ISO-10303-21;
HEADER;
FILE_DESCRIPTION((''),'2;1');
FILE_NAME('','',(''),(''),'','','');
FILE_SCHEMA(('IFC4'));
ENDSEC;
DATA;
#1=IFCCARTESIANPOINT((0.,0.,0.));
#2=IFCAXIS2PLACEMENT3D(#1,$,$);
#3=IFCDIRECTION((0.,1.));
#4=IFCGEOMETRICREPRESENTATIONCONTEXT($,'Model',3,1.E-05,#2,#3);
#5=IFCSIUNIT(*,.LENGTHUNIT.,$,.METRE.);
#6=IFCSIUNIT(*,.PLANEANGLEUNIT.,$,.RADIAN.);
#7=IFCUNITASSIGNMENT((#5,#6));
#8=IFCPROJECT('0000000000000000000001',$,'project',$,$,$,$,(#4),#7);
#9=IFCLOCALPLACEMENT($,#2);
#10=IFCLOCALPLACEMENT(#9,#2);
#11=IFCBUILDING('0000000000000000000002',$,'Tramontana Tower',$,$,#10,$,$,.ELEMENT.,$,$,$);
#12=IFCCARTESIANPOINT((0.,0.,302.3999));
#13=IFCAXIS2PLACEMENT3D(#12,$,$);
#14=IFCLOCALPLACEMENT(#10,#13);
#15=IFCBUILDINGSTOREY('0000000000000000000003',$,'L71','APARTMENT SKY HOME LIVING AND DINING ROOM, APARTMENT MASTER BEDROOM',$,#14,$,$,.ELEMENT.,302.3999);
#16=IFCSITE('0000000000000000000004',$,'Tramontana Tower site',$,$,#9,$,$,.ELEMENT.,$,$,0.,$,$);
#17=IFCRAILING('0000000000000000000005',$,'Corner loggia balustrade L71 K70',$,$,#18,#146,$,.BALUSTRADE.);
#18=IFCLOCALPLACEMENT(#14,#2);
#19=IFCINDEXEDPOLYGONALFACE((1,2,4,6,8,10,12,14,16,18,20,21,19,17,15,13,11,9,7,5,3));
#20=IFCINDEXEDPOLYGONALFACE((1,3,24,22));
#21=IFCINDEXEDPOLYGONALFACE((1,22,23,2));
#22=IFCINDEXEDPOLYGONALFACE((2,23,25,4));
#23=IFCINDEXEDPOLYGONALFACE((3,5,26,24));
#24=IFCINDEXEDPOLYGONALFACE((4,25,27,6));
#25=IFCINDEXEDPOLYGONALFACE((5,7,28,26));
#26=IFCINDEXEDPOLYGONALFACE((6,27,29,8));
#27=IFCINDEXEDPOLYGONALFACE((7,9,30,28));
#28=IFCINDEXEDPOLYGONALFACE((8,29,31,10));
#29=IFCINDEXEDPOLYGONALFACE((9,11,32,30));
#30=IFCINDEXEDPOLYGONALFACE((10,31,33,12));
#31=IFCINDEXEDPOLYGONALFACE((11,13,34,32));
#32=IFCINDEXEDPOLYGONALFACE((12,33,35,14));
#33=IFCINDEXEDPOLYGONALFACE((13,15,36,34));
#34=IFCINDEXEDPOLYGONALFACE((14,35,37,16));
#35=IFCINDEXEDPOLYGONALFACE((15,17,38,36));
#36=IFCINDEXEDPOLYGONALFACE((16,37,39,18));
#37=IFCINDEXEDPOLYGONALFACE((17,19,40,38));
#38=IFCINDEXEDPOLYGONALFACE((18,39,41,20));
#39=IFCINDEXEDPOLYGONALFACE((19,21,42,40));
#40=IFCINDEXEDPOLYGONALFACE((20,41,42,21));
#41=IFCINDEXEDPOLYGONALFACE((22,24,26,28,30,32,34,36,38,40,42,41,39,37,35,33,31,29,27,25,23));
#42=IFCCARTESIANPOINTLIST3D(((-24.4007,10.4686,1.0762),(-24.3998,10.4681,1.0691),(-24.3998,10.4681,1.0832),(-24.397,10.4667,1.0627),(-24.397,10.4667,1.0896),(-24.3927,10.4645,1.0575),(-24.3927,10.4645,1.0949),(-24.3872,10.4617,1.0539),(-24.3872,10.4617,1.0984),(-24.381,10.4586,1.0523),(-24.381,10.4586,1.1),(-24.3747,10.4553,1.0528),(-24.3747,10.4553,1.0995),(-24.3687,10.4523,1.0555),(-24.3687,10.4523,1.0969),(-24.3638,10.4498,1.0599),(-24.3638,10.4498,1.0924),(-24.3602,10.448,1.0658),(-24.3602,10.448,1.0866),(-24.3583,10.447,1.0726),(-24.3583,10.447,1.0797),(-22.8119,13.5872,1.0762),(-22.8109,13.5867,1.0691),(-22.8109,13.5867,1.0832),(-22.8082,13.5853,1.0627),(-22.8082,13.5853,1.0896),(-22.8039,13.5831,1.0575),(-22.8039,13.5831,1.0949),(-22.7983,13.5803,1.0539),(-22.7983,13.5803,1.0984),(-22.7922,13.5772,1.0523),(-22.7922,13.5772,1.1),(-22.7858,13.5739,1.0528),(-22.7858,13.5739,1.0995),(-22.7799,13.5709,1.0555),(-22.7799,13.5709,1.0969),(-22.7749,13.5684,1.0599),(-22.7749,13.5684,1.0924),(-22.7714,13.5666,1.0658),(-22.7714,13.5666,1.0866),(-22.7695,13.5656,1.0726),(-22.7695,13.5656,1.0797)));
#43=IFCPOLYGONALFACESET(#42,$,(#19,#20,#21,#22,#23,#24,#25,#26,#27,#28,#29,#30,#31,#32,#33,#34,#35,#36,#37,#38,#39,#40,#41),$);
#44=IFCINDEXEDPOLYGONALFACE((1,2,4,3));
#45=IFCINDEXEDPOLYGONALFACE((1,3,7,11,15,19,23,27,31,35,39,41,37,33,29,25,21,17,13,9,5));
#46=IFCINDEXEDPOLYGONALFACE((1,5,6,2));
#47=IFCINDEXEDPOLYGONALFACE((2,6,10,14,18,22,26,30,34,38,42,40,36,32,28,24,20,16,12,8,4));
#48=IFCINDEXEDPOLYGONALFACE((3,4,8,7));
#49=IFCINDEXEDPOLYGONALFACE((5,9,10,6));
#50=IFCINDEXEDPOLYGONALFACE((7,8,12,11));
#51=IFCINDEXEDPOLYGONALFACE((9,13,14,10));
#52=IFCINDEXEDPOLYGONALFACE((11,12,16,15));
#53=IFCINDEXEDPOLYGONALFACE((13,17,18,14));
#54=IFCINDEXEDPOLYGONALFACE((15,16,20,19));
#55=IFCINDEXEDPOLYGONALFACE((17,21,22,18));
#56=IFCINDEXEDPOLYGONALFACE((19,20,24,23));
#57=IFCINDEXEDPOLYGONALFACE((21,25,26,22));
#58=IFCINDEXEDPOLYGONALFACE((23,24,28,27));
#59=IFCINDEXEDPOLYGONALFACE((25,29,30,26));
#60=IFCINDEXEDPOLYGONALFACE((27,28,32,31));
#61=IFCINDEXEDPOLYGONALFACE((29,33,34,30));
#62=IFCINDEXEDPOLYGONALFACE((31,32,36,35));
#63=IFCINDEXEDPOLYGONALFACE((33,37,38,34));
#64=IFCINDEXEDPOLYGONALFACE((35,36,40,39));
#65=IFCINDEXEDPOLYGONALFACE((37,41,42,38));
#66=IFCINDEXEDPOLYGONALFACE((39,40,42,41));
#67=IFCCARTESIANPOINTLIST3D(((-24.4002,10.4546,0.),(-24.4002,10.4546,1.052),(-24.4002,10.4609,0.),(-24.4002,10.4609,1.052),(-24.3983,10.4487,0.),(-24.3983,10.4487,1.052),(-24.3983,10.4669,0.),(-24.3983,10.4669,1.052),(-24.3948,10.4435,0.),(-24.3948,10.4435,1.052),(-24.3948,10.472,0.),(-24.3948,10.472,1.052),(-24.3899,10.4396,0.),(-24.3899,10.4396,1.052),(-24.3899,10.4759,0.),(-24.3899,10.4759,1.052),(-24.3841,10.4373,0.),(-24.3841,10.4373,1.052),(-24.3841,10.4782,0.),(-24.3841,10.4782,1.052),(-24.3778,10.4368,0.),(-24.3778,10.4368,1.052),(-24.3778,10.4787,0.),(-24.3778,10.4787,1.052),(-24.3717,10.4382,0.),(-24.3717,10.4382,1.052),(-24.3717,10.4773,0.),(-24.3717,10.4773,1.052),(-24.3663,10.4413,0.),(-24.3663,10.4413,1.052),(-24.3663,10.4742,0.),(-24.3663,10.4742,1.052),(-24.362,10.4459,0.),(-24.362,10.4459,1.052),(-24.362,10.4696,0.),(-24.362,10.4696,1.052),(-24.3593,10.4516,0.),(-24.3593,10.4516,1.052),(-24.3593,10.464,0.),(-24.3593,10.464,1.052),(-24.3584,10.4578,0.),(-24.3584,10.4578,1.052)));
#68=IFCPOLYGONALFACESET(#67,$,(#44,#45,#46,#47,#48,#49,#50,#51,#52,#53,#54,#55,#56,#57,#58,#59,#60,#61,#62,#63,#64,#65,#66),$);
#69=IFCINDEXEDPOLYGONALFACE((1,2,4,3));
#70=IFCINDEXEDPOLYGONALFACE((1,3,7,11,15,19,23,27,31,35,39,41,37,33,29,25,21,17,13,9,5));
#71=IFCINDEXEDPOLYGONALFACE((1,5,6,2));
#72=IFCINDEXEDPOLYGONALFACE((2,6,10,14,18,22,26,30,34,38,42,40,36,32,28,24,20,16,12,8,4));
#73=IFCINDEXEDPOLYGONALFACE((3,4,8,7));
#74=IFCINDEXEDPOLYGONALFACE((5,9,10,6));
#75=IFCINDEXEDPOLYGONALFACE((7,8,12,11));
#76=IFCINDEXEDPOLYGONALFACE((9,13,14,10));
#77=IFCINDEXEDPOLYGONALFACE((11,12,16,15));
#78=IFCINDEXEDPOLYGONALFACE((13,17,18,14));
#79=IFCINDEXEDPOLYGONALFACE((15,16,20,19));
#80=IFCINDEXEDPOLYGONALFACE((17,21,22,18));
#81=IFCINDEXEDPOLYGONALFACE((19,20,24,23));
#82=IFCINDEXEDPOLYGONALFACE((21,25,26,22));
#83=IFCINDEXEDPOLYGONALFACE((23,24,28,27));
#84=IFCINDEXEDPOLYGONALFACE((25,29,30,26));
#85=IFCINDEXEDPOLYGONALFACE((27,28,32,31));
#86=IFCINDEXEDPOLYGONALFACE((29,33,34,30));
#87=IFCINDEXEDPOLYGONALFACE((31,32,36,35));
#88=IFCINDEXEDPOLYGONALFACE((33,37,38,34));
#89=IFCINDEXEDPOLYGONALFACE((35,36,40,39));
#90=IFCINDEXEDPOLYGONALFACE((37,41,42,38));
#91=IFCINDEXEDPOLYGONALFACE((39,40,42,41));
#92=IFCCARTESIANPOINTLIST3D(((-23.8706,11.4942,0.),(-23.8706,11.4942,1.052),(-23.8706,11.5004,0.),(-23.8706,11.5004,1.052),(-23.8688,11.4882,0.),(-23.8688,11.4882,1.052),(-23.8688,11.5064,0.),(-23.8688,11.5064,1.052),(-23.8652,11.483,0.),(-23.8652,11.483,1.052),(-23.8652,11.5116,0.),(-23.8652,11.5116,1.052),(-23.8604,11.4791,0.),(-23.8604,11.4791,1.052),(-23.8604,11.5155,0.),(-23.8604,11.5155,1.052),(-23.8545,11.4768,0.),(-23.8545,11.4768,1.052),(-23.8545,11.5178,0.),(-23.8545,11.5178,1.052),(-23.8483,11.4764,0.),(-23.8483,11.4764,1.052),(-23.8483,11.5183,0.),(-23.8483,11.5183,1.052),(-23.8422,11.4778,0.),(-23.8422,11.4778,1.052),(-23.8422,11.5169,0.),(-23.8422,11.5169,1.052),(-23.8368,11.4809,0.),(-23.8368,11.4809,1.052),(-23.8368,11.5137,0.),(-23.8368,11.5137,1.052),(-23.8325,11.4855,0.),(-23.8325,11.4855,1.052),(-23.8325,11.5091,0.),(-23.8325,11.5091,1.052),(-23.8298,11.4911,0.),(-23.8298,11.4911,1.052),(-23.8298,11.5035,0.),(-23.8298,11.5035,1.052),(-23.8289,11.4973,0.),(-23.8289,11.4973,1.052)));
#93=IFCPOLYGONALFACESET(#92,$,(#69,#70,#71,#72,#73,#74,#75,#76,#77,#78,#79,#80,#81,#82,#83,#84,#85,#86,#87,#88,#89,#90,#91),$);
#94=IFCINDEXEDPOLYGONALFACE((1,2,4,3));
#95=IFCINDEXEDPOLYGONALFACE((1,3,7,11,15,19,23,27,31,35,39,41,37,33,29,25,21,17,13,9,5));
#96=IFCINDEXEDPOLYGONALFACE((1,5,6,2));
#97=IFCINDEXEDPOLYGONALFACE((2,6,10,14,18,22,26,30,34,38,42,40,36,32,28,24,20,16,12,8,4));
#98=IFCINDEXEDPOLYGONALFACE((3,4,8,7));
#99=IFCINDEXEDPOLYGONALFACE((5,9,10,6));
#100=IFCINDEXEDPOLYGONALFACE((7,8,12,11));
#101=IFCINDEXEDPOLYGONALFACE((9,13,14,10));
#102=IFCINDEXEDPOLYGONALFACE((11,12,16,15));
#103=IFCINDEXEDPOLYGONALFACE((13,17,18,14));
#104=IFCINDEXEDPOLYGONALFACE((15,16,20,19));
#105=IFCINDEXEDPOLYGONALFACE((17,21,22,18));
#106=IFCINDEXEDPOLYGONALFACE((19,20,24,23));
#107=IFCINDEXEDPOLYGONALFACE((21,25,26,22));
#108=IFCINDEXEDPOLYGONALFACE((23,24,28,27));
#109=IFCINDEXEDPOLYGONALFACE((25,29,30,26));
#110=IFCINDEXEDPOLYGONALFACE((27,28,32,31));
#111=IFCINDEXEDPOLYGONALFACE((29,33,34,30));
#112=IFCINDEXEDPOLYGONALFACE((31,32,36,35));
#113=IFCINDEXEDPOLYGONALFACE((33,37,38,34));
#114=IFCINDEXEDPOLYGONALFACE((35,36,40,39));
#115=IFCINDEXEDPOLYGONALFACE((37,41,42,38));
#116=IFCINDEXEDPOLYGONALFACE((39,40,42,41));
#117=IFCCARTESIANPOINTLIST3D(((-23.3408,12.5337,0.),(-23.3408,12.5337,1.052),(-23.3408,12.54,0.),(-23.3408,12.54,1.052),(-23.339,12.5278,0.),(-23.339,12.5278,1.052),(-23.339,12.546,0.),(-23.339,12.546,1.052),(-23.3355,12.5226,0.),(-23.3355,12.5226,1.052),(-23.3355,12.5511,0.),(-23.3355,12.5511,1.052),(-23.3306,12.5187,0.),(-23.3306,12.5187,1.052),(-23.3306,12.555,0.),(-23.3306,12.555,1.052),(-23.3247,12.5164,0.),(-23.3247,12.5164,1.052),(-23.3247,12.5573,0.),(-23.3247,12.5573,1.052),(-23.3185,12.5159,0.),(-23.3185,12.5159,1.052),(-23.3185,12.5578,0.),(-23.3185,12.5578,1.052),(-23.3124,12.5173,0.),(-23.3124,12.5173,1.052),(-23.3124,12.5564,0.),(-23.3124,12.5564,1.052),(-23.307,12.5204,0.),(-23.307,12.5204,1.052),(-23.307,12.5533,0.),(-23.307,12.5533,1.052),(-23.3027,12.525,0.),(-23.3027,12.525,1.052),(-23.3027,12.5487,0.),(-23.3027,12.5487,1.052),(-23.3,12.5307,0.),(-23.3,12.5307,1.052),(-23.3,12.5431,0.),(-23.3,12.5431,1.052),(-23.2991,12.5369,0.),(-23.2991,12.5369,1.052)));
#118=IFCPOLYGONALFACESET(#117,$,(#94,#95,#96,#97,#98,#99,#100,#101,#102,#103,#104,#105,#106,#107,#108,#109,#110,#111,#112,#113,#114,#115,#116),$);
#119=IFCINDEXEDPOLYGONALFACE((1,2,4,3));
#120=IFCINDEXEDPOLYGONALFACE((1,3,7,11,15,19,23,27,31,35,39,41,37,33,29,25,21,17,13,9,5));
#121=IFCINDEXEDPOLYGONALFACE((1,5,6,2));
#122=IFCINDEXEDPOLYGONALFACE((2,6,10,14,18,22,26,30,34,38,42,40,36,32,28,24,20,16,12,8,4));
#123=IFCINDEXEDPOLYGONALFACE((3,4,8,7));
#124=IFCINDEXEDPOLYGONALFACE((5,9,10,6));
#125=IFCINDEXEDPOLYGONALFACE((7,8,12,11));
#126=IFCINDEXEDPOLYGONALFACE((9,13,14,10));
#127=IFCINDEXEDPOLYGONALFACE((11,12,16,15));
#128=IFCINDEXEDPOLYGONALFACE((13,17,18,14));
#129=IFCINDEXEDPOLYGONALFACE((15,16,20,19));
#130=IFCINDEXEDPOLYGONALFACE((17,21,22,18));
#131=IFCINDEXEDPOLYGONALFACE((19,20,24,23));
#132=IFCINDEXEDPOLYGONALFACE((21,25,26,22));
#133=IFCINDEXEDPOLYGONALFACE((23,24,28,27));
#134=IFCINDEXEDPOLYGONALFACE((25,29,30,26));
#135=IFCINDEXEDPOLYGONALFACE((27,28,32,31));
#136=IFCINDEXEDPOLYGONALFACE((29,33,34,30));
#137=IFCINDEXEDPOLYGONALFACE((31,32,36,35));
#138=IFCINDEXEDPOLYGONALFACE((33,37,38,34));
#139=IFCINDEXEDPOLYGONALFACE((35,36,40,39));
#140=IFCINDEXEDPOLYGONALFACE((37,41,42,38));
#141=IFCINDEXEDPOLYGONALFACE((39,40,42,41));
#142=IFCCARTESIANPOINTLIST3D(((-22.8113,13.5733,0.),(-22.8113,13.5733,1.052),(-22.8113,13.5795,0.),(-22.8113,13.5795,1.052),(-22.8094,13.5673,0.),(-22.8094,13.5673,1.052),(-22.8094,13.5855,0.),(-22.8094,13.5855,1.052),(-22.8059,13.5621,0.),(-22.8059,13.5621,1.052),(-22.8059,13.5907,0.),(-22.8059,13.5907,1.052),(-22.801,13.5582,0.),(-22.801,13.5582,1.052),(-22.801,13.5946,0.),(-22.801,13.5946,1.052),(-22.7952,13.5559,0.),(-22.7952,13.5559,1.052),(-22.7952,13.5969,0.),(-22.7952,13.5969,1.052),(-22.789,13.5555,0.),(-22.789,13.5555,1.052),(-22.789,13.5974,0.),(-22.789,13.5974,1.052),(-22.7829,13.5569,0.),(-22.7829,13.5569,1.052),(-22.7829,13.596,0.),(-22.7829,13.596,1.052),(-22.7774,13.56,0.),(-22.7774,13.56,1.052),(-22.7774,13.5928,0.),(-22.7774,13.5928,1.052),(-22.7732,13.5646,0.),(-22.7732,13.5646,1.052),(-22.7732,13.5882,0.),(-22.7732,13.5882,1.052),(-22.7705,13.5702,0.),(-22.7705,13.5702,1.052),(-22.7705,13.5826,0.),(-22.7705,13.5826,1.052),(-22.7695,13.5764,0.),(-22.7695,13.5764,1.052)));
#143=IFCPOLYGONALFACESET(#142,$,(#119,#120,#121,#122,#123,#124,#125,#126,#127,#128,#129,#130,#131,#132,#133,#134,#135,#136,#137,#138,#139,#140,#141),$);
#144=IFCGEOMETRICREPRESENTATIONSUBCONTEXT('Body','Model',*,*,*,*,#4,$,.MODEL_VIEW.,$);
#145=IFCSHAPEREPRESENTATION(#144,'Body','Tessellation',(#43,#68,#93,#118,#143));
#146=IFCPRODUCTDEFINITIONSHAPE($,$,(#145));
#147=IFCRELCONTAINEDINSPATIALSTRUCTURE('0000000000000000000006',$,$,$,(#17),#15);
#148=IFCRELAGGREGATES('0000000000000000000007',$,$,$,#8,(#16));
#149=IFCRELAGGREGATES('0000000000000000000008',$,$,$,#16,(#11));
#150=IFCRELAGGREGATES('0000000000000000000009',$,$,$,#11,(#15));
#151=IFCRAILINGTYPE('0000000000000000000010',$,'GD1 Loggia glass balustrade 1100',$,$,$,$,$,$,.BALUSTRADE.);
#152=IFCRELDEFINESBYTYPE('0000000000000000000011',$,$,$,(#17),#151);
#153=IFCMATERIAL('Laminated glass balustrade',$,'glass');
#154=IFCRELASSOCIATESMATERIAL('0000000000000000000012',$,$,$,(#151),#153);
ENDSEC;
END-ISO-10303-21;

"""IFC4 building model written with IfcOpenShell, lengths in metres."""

from ifc_helpers import new_model, si_unit, direction, frame, origin, origin_2d, place, context, subcontext, project, spatial, circle, extrude, material, type_object, element, save


model = new_model("IFC4")

# Units and contexts
model_context = context("Model", 3, precision=1e-05, world=origin(), true_north=direction((0.0, 1.0)))
body_context = subcontext(model_context, "Body", "Model", "MODEL_VIEW")
ifc_project = project(units=[si_unit("LENGTHUNIT", "METRE"), si_unit("PLANEANGLEUNIT", "RADIAN")], contexts=[model_context])

# Site, building, storey
site_placement = place(None, origin())
site = spatial("IfcSite", under=ifc_project, at=site_placement, Name="Tramontana Tower site", CompositionType="ELEMENT", RefElevation=0.0)
building_placement = place(site_placement, origin())
building = spatial("IfcBuilding", under=site, at=building_placement, Name="Tramontana Tower", CompositionType="ELEMENT")
storey_placement = place(building_placement, frame((0.0, 0.0, 302.3999)))
storey = spatial("IfcBuildingStorey", under=building, at=storey_placement, Name="L71", Description="APARTMENT SKY HOME LIVING AND DINING ROOM, APARTMENT MASTER BEDROOM", CompositionType="ELEMENT", Elevation=302.3999)

# Railing
ifc_material_1 = material(Name="Laminated glass balustrade", Category="glass")
railing_type = type_object("IfcRailingType", Name="GD1 Loggia glass balustrade 1100", PredefinedType="BALUSTRADE", material=ifc_material_1)
railing_1_placement = place(storey_placement, frame((-24.3794, 10.4578, 0.0)))
element("IfcRailing", 1, at=railing_1_placement, inside=storey, type_object=railing_type, Name="Corner loggia balustrade L71 K70", PredefinedType="BALUSTRADE", context=body_context, shape_type="SweptSolid", body=[
    extrude(circle(Radius=0.0239, at=origin_2d()), frame((0.0, 0.0, 1.0762), z_axis=(0.453953, 0.891026, 0.0), x_axis=(-0.891026, 0.453953, 0.0)), (0.0, 0.0, 1.0), 3.5),
    extrude(circle(Radius=0.021, at=origin_2d()), origin(), (0.0, 0.0, 1.0), 1.052),
    extrude(circle(Radius=0.021, at=origin_2d()), frame((0.5295, 1.0396, 0.0)), (0.0, 0.0, 1.0), 1.052),
    extrude(circle(Radius=0.021, at=origin_2d()), frame((1.0593, 2.0791, 0.0)), (0.0, 0.0, 1.0), 1.052),
    extrude(circle(Radius=0.021, at=origin_2d()), frame((1.5889, 3.1187, 0.0)), (0.0, 0.0, 1.0), 1.052),
])

save(model, "model.ifc")
